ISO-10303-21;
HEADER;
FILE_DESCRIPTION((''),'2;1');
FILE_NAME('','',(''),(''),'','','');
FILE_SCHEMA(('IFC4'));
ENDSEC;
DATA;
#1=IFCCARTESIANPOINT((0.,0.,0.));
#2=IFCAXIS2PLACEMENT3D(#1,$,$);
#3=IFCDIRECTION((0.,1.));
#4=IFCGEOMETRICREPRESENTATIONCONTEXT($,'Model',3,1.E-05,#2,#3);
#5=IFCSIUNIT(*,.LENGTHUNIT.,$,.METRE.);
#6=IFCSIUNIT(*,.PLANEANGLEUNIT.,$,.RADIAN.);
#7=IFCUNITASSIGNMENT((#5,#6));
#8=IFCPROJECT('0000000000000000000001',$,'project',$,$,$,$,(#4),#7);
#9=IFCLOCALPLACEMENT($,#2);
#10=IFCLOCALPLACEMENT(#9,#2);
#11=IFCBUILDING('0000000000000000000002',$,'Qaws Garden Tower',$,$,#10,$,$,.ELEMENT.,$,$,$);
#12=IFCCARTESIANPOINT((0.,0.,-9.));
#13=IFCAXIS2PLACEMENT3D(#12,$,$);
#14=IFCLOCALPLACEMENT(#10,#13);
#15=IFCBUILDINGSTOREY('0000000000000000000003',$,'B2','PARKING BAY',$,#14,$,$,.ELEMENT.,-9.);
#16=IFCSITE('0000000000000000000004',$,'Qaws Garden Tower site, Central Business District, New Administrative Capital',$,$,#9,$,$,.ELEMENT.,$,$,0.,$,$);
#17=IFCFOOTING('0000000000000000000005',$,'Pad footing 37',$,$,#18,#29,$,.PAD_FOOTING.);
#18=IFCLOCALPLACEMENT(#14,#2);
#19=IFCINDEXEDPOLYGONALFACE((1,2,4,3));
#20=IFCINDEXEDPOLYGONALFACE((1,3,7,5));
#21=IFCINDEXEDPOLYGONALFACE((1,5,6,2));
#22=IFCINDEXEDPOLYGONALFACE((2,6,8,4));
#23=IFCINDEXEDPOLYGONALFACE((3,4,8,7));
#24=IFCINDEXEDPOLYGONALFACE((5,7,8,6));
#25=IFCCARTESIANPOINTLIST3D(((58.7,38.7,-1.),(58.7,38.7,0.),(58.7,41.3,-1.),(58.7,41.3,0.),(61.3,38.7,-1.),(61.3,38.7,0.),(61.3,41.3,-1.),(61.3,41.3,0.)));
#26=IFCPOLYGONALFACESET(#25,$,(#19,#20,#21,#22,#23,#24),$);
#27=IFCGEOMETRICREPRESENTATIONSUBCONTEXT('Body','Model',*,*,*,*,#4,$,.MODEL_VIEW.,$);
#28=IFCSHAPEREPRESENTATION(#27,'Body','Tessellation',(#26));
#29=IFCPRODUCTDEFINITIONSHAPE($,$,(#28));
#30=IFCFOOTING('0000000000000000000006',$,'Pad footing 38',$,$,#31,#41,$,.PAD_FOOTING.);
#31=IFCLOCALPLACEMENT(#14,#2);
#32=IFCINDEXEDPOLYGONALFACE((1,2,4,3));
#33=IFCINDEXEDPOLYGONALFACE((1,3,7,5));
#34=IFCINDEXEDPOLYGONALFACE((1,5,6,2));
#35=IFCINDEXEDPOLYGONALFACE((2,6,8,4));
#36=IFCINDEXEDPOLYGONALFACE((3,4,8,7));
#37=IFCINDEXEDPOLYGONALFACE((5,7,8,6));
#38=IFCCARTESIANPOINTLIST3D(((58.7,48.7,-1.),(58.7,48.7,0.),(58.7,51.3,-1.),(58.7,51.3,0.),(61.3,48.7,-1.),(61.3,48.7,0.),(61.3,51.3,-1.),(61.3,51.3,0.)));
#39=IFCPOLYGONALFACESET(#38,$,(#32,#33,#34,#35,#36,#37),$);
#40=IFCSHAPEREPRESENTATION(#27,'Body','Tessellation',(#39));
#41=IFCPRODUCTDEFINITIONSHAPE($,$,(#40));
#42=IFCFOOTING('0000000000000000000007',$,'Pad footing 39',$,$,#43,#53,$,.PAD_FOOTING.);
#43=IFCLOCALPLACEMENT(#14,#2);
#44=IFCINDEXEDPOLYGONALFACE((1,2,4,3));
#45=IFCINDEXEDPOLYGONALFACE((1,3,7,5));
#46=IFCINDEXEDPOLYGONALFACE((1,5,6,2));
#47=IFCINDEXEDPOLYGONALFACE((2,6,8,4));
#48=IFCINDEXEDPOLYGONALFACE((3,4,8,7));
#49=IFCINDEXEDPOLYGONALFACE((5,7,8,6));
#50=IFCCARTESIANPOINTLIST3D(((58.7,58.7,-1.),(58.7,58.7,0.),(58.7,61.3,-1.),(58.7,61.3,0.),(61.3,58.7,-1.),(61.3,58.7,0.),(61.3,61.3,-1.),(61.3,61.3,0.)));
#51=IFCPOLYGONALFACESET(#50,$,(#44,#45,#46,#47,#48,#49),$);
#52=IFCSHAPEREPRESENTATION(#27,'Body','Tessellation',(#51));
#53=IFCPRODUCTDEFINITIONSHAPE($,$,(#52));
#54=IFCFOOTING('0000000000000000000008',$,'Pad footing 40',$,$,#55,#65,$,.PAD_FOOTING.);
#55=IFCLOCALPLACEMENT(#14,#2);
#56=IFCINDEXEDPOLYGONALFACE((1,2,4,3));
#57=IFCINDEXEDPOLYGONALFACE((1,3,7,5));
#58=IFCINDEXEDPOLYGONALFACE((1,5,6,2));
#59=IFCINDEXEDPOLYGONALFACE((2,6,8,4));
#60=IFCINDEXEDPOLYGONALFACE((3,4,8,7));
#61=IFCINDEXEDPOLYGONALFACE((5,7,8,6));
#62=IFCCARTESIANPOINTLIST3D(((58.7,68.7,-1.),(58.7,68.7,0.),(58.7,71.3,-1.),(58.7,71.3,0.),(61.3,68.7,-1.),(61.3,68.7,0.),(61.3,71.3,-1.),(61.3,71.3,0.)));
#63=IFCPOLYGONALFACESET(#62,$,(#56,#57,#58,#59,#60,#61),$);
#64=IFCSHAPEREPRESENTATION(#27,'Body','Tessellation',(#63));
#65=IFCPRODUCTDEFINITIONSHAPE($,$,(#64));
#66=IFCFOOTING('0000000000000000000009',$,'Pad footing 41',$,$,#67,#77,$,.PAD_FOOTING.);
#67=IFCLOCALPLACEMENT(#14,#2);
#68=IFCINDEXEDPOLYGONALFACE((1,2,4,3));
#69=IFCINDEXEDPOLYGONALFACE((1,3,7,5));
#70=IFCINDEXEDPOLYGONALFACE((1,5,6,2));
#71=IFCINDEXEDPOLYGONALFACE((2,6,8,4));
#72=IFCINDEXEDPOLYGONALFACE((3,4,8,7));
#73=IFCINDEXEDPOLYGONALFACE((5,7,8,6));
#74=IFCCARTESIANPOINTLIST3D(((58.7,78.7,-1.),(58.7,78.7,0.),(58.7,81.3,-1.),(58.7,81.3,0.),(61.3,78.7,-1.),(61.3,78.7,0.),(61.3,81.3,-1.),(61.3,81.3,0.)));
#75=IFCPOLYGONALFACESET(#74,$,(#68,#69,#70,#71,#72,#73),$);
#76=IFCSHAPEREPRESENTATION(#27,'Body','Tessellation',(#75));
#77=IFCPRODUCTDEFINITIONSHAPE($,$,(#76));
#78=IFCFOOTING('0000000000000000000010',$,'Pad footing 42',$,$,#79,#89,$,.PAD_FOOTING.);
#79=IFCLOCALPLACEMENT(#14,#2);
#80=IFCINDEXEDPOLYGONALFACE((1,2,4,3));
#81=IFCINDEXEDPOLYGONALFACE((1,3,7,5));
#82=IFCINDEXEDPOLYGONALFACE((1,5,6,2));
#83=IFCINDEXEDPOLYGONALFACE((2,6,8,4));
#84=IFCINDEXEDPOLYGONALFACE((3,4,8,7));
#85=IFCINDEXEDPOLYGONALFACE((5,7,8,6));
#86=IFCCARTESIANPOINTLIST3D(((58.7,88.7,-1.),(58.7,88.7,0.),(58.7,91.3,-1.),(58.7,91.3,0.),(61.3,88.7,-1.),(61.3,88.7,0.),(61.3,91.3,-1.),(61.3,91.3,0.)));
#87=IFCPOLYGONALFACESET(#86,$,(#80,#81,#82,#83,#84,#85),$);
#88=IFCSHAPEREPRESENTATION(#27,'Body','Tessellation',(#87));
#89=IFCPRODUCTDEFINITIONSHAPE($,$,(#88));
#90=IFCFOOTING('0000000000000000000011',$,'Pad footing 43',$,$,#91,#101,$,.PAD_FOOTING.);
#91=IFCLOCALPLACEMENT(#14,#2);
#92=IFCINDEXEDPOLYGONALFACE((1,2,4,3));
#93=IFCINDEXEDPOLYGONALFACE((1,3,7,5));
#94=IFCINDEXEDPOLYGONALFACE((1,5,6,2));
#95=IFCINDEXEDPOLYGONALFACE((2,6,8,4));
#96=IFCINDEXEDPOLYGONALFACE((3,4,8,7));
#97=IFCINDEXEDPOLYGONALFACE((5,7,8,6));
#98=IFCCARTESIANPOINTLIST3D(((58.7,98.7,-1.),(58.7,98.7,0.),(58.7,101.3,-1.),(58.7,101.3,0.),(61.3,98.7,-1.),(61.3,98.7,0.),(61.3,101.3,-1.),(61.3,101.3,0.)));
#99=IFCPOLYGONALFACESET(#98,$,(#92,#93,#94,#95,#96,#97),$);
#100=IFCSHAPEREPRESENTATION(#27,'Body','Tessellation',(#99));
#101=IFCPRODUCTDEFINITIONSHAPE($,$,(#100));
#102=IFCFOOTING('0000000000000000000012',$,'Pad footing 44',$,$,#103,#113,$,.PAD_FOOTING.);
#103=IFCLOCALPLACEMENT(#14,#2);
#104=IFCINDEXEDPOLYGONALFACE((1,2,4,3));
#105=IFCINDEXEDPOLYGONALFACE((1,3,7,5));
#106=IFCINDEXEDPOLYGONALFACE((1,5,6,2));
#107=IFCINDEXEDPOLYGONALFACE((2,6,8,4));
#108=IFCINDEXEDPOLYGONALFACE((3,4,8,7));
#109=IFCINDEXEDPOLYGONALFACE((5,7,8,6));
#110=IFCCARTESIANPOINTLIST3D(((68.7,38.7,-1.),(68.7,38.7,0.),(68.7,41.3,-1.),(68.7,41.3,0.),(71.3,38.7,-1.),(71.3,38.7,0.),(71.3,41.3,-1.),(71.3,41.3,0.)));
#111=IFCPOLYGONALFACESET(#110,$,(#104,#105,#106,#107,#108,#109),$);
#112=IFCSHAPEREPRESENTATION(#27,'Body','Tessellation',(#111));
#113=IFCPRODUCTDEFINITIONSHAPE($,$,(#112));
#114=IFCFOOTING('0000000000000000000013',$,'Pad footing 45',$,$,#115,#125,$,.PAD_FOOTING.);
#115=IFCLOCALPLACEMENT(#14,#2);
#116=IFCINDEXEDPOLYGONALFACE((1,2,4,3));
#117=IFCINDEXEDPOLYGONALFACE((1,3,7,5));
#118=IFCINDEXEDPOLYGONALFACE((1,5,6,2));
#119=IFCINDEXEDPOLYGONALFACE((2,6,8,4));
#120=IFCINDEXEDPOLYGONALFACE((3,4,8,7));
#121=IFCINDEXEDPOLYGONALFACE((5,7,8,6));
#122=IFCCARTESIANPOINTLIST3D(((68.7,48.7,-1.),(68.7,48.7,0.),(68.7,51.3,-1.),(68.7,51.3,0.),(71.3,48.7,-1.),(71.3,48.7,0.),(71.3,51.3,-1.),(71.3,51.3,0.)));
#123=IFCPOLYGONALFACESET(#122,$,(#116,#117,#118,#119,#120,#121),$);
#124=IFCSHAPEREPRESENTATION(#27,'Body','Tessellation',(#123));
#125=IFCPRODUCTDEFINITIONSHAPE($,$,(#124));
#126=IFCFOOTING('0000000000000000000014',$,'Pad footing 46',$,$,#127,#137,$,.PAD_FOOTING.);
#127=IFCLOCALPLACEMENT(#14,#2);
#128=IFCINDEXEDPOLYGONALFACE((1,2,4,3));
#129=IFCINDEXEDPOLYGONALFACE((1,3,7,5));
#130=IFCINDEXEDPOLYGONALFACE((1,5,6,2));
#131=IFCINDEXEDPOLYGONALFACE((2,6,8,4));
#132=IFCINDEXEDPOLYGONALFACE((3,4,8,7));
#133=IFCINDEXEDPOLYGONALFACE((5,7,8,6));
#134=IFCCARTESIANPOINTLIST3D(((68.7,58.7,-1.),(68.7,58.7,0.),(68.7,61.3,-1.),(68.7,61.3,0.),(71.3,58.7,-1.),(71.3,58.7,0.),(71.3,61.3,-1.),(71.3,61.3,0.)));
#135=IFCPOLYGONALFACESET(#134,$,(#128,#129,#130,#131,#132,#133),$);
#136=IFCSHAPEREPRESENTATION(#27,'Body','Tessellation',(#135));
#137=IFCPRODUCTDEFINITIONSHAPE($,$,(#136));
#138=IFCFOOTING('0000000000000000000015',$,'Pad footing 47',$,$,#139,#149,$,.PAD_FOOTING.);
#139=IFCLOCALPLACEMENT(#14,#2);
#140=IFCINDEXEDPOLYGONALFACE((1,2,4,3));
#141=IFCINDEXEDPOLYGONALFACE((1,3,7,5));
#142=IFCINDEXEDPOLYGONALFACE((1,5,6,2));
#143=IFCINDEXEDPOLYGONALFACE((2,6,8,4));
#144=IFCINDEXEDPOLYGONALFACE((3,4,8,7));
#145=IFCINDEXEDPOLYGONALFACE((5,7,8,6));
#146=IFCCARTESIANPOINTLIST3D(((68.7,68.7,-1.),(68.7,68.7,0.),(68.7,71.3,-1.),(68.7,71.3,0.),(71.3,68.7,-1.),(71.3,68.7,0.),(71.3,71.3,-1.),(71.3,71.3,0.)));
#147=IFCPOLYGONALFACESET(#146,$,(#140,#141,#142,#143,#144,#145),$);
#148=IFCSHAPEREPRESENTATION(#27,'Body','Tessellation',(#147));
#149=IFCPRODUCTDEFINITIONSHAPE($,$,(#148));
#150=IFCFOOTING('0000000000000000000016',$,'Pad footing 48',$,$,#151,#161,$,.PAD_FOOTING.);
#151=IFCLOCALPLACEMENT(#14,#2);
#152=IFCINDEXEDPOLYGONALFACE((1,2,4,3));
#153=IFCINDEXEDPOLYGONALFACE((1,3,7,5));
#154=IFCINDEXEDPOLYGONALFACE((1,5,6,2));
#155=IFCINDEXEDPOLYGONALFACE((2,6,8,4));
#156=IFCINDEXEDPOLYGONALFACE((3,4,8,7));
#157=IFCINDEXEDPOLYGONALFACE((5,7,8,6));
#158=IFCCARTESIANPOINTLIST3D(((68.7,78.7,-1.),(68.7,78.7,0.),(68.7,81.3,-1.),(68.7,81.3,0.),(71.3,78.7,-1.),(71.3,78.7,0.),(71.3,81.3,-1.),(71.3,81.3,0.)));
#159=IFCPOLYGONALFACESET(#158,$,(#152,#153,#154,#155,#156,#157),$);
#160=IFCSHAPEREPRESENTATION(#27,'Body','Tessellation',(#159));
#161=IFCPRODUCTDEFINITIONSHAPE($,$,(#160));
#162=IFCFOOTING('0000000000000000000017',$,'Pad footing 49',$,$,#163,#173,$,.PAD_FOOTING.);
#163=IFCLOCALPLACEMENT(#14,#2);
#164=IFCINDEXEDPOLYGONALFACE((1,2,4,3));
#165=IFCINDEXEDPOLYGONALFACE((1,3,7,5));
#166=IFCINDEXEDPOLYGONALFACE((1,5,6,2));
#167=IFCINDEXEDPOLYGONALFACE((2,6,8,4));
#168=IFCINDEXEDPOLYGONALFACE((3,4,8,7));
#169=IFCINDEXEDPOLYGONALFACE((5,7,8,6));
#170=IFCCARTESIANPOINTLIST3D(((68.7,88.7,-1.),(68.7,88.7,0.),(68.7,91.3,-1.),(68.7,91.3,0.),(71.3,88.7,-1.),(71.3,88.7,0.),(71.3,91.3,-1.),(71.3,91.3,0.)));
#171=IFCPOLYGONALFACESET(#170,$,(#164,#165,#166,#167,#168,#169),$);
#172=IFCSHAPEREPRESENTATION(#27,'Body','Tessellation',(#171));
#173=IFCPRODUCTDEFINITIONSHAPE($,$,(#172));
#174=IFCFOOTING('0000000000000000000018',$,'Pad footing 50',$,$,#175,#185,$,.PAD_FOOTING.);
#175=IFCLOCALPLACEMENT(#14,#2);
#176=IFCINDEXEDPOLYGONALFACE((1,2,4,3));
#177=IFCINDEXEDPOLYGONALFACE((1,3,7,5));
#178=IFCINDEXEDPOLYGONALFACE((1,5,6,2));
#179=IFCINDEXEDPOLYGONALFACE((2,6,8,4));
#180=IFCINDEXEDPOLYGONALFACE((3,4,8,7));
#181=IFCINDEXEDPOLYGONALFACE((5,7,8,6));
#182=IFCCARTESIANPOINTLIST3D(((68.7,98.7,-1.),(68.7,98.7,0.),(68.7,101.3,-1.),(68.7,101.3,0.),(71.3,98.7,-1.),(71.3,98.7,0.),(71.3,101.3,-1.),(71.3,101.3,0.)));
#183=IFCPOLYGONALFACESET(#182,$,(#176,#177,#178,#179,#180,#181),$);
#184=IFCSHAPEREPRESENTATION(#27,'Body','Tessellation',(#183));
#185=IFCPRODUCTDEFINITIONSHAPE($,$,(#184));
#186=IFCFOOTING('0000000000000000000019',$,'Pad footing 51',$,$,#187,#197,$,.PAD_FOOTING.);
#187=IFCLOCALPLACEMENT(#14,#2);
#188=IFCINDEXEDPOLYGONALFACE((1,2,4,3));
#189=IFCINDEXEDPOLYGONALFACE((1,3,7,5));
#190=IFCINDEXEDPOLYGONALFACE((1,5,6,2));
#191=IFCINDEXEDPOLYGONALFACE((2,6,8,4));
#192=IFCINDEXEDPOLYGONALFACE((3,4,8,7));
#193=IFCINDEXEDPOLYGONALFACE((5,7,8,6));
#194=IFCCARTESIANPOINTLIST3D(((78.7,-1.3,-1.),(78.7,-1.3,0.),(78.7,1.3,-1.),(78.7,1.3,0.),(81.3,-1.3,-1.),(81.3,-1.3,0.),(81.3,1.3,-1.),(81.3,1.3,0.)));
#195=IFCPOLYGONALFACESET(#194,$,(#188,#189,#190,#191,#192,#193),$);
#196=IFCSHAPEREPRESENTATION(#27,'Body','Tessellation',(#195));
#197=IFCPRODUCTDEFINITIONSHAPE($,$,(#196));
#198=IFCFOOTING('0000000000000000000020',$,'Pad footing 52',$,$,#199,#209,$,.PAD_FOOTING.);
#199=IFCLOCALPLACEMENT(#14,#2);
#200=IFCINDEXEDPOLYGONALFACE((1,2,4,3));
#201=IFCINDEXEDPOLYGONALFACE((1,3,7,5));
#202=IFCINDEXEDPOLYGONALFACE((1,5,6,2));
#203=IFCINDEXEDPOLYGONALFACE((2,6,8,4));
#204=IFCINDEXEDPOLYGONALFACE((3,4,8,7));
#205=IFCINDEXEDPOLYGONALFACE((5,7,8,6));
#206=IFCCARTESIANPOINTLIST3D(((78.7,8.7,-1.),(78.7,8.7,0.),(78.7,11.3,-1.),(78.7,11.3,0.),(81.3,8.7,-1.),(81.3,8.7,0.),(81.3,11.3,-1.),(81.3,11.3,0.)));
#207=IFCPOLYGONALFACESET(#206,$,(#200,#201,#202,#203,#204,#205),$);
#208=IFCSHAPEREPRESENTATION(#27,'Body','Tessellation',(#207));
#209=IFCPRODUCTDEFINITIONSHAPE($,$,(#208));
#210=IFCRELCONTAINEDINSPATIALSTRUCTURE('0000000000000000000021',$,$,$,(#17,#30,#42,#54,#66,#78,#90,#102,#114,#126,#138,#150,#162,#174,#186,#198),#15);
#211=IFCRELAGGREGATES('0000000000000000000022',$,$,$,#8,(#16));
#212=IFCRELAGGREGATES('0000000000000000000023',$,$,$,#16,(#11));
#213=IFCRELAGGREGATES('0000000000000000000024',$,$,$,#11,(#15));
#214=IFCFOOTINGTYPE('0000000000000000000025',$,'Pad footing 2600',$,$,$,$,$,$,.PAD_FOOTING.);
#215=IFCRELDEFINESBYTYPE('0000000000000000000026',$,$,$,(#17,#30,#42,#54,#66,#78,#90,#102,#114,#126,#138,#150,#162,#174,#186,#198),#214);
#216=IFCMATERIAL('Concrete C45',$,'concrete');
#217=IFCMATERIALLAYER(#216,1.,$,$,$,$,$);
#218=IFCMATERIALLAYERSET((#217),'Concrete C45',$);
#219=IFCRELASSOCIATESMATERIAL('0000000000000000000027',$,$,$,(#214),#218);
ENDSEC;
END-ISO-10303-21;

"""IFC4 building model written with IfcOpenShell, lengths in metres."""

from ifc_helpers import new_model, si_unit, direction, frame, origin, place, context, subcontext, project, spatial, polyline, outline, extrude, material, layer, layer_set, type_object, element, save


model = new_model("IFC4")

# Units and contexts
model_context = context("Model", 3, precision=1e-05, world=origin(), true_north=direction((0.0, 1.0)))
body_context = subcontext(model_context, "Body", "Model", "MODEL_VIEW")
ifc_project = project(units=[si_unit("LENGTHUNIT", "METRE"), si_unit("PLANEANGLEUNIT", "RADIAN")], contexts=[model_context])

# Site, building, storey
site_placement = place(None, origin())
site = spatial("IfcSite", under=ifc_project, at=site_placement, Name="Qaws Garden Tower site, Central Business District, New Administrative Capital", CompositionType="ELEMENT", RefElevation=0.0)
building_placement = place(site_placement, origin())
building = spatial("IfcBuilding", under=site, at=building_placement, Name="Qaws Garden Tower", CompositionType="ELEMENT")
storey_placement = place(building_placement, frame((0.0, 0.0, -9.0)))
storey = spatial("IfcBuildingStorey", under=building, at=storey_placement, Name="B2", Description="PARKING BAY", CompositionType="ELEMENT", Elevation=-9.0)

# Footings
ifc_material_1 = material(Name="Concrete C45", Category="concrete")
ifc_layer_1 = layer(ifc_material_1, 1.0)
ifc_layer_set_1 = layer_set([ifc_layer_1], Name="Concrete C45")
footing_type = type_object("IfcFootingType", Name="Pad footing 2600", PredefinedType="PAD_FOOTING", material=ifc_layer_set_1)
placement = place(storey_placement, frame((0.0, 0.0, -1.0)))
element("IfcFooting", 1, at=placement, inside=storey, type_object=footing_type, Name="Pad footing 37", PredefinedType="PAD_FOOTING", context=body_context, shape_type="SweptSolid", body=[
    extrude(outline(polyline([(58.7, 38.7), (61.3, 38.7), (61.3, 41.3), (58.7, 41.3), (58.7, 38.7)])), origin(), (0.0, 0.0, 1.0), 1.0),
])
element("IfcFooting", 2, at=placement, inside=storey, type_object=footing_type, Name="Pad footing 38", PredefinedType="PAD_FOOTING", context=body_context, shape_type="SweptSolid", body=[
    extrude(outline(polyline([(58.7, 48.7), (61.3, 48.7), (61.3, 51.3), (58.7, 51.3), (58.7, 48.7)])), origin(), (0.0, 0.0, 1.0), 1.0),
])
element("IfcFooting", 3, at=placement, inside=storey, type_object=footing_type, Name="Pad footing 39", PredefinedType="PAD_FOOTING", context=body_context, shape_type="SweptSolid", body=[
    extrude(outline(polyline([(58.7, 58.7), (61.3, 58.7), (61.3, 61.3), (58.7, 61.3), (58.7, 58.7)])), origin(), (0.0, 0.0, 1.0), 1.0),
])
element("IfcFooting", 4, at=placement, inside=storey, type_object=footing_type, Name="Pad footing 40", PredefinedType="PAD_FOOTING", context=body_context, shape_type="SweptSolid", body=[
    extrude(outline(polyline([(58.7, 68.7), (61.3, 68.7), (61.3, 71.3), (58.7, 71.3), (58.7, 68.7)])), origin(), (0.0, 0.0, 1.0), 1.0),
])
element("IfcFooting", 5, at=placement, inside=storey, type_object=footing_type, Name="Pad footing 41", PredefinedType="PAD_FOOTING", context=body_context, shape_type="SweptSolid", body=[
    extrude(outline(polyline([(58.7, 78.7), (61.3, 78.7), (61.3, 81.3), (58.7, 81.3), (58.7, 78.7)])), origin(), (0.0, 0.0, 1.0), 1.0),
])
element("IfcFooting", 6, at=placement, inside=storey, type_object=footing_type, Name="Pad footing 42", PredefinedType="PAD_FOOTING", context=body_context, shape_type="SweptSolid", body=[
    extrude(outline(polyline([(58.7, 88.7), (61.3, 88.7), (61.3, 91.3), (58.7, 91.3), (58.7, 88.7)])), origin(), (0.0, 0.0, 1.0), 1.0),
])
element("IfcFooting", 7, at=placement, inside=storey, type_object=footing_type, Name="Pad footing 43", PredefinedType="PAD_FOOTING", context=body_context, shape_type="SweptSolid", body=[
    extrude(outline(polyline([(58.7, 98.7), (61.3, 98.7), (61.3, 101.3), (58.7, 101.3), (58.7, 98.7)])), origin(), (0.0, 0.0, 1.0), 1.0),
])
element("IfcFooting", 8, at=placement, inside=storey, type_object=footing_type, Name="Pad footing 44", PredefinedType="PAD_FOOTING", context=body_context, shape_type="SweptSolid", body=[
    extrude(outline(polyline([(68.7, 38.7), (71.3, 38.7), (71.3, 41.3), (68.7, 41.3), (68.7, 38.7)])), origin(), (0.0, 0.0, 1.0), 1.0),
])
element("IfcFooting", 9, at=placement, inside=storey, type_object=footing_type, Name="Pad footing 45", PredefinedType="PAD_FOOTING", context=body_context, shape_type="SweptSolid", body=[
    extrude(outline(polyline([(68.7, 48.7), (71.3, 48.7), (71.3, 51.3), (68.7, 51.3), (68.7, 48.7)])), origin(), (0.0, 0.0, 1.0), 1.0),
])
element("IfcFooting", 10, at=placement, inside=storey, type_object=footing_type, Name="Pad footing 46", PredefinedType="PAD_FOOTING", context=body_context, shape_type="SweptSolid", body=[
    extrude(outline(polyline([(68.7, 58.7), (71.3, 58.7), (71.3, 61.3), (68.7, 61.3), (68.7, 58.7)])), origin(), (0.0, 0.0, 1.0), 1.0),
])
element("IfcFooting", 11, at=placement, inside=storey, type_object=footing_type, Name="Pad footing 47", PredefinedType="PAD_FOOTING", context=body_context, shape_type="SweptSolid", body=[
    extrude(outline(polyline([(68.7, 68.7), (71.3, 68.7), (71.3, 71.3), (68.7, 71.3), (68.7, 68.7)])), origin(), (0.0, 0.0, 1.0), 1.0),
])
element("IfcFooting", 12, at=placement, inside=storey, type_object=footing_type, Name="Pad footing 48", PredefinedType="PAD_FOOTING", context=body_context, shape_type="SweptSolid", body=[
    extrude(outline(polyline([(68.7, 78.7), (71.3, 78.7), (71.3, 81.3), (68.7, 81.3), (68.7, 78.7)])), origin(), (0.0, 0.0, 1.0), 1.0),
])
element("IfcFooting", 13, at=placement, inside=storey, type_object=footing_type, Name="Pad footing 49", PredefinedType="PAD_FOOTING", context=body_context, shape_type="SweptSolid", body=[
    extrude(outline(polyline([(68.7, 88.7), (71.3, 88.7), (71.3, 91.3), (68.7, 91.3), (68.7, 88.7)])), origin(), (0.0, 0.0, 1.0), 1.0),
])
element("IfcFooting", 14, at=placement, inside=storey, type_object=footing_type, Name="Pad footing 50", PredefinedType="PAD_FOOTING", context=body_context, shape_type="SweptSolid", body=[
    extrude(outline(polyline([(68.7, 98.7), (71.3, 98.7), (71.3, 101.3), (68.7, 101.3), (68.7, 98.7)])), origin(), (0.0, 0.0, 1.0), 1.0),
])
element("IfcFooting", 15, at=placement, inside=storey, type_object=footing_type, Name="Pad footing 51", PredefinedType="PAD_FOOTING", context=body_context, shape_type="SweptSolid", body=[
    extrude(outline(polyline([(78.7, -1.3), (81.3, -1.3), (81.3, 1.3), (78.7, 1.3), (78.7, -1.3)])), origin(), (0.0, 0.0, 1.0), 1.0),
])
element("IfcFooting", 16, at=placement, inside=storey, type_object=footing_type, Name="Pad footing 52", PredefinedType="PAD_FOOTING", context=body_context, shape_type="SweptSolid", body=[
    extrude(outline(polyline([(78.7, 8.7), (81.3, 8.7), (81.3, 11.3), (78.7, 11.3), (78.7, 8.7)])), origin(), (0.0, 0.0, 1.0), 1.0),
])

save(model, "model.ifc")
